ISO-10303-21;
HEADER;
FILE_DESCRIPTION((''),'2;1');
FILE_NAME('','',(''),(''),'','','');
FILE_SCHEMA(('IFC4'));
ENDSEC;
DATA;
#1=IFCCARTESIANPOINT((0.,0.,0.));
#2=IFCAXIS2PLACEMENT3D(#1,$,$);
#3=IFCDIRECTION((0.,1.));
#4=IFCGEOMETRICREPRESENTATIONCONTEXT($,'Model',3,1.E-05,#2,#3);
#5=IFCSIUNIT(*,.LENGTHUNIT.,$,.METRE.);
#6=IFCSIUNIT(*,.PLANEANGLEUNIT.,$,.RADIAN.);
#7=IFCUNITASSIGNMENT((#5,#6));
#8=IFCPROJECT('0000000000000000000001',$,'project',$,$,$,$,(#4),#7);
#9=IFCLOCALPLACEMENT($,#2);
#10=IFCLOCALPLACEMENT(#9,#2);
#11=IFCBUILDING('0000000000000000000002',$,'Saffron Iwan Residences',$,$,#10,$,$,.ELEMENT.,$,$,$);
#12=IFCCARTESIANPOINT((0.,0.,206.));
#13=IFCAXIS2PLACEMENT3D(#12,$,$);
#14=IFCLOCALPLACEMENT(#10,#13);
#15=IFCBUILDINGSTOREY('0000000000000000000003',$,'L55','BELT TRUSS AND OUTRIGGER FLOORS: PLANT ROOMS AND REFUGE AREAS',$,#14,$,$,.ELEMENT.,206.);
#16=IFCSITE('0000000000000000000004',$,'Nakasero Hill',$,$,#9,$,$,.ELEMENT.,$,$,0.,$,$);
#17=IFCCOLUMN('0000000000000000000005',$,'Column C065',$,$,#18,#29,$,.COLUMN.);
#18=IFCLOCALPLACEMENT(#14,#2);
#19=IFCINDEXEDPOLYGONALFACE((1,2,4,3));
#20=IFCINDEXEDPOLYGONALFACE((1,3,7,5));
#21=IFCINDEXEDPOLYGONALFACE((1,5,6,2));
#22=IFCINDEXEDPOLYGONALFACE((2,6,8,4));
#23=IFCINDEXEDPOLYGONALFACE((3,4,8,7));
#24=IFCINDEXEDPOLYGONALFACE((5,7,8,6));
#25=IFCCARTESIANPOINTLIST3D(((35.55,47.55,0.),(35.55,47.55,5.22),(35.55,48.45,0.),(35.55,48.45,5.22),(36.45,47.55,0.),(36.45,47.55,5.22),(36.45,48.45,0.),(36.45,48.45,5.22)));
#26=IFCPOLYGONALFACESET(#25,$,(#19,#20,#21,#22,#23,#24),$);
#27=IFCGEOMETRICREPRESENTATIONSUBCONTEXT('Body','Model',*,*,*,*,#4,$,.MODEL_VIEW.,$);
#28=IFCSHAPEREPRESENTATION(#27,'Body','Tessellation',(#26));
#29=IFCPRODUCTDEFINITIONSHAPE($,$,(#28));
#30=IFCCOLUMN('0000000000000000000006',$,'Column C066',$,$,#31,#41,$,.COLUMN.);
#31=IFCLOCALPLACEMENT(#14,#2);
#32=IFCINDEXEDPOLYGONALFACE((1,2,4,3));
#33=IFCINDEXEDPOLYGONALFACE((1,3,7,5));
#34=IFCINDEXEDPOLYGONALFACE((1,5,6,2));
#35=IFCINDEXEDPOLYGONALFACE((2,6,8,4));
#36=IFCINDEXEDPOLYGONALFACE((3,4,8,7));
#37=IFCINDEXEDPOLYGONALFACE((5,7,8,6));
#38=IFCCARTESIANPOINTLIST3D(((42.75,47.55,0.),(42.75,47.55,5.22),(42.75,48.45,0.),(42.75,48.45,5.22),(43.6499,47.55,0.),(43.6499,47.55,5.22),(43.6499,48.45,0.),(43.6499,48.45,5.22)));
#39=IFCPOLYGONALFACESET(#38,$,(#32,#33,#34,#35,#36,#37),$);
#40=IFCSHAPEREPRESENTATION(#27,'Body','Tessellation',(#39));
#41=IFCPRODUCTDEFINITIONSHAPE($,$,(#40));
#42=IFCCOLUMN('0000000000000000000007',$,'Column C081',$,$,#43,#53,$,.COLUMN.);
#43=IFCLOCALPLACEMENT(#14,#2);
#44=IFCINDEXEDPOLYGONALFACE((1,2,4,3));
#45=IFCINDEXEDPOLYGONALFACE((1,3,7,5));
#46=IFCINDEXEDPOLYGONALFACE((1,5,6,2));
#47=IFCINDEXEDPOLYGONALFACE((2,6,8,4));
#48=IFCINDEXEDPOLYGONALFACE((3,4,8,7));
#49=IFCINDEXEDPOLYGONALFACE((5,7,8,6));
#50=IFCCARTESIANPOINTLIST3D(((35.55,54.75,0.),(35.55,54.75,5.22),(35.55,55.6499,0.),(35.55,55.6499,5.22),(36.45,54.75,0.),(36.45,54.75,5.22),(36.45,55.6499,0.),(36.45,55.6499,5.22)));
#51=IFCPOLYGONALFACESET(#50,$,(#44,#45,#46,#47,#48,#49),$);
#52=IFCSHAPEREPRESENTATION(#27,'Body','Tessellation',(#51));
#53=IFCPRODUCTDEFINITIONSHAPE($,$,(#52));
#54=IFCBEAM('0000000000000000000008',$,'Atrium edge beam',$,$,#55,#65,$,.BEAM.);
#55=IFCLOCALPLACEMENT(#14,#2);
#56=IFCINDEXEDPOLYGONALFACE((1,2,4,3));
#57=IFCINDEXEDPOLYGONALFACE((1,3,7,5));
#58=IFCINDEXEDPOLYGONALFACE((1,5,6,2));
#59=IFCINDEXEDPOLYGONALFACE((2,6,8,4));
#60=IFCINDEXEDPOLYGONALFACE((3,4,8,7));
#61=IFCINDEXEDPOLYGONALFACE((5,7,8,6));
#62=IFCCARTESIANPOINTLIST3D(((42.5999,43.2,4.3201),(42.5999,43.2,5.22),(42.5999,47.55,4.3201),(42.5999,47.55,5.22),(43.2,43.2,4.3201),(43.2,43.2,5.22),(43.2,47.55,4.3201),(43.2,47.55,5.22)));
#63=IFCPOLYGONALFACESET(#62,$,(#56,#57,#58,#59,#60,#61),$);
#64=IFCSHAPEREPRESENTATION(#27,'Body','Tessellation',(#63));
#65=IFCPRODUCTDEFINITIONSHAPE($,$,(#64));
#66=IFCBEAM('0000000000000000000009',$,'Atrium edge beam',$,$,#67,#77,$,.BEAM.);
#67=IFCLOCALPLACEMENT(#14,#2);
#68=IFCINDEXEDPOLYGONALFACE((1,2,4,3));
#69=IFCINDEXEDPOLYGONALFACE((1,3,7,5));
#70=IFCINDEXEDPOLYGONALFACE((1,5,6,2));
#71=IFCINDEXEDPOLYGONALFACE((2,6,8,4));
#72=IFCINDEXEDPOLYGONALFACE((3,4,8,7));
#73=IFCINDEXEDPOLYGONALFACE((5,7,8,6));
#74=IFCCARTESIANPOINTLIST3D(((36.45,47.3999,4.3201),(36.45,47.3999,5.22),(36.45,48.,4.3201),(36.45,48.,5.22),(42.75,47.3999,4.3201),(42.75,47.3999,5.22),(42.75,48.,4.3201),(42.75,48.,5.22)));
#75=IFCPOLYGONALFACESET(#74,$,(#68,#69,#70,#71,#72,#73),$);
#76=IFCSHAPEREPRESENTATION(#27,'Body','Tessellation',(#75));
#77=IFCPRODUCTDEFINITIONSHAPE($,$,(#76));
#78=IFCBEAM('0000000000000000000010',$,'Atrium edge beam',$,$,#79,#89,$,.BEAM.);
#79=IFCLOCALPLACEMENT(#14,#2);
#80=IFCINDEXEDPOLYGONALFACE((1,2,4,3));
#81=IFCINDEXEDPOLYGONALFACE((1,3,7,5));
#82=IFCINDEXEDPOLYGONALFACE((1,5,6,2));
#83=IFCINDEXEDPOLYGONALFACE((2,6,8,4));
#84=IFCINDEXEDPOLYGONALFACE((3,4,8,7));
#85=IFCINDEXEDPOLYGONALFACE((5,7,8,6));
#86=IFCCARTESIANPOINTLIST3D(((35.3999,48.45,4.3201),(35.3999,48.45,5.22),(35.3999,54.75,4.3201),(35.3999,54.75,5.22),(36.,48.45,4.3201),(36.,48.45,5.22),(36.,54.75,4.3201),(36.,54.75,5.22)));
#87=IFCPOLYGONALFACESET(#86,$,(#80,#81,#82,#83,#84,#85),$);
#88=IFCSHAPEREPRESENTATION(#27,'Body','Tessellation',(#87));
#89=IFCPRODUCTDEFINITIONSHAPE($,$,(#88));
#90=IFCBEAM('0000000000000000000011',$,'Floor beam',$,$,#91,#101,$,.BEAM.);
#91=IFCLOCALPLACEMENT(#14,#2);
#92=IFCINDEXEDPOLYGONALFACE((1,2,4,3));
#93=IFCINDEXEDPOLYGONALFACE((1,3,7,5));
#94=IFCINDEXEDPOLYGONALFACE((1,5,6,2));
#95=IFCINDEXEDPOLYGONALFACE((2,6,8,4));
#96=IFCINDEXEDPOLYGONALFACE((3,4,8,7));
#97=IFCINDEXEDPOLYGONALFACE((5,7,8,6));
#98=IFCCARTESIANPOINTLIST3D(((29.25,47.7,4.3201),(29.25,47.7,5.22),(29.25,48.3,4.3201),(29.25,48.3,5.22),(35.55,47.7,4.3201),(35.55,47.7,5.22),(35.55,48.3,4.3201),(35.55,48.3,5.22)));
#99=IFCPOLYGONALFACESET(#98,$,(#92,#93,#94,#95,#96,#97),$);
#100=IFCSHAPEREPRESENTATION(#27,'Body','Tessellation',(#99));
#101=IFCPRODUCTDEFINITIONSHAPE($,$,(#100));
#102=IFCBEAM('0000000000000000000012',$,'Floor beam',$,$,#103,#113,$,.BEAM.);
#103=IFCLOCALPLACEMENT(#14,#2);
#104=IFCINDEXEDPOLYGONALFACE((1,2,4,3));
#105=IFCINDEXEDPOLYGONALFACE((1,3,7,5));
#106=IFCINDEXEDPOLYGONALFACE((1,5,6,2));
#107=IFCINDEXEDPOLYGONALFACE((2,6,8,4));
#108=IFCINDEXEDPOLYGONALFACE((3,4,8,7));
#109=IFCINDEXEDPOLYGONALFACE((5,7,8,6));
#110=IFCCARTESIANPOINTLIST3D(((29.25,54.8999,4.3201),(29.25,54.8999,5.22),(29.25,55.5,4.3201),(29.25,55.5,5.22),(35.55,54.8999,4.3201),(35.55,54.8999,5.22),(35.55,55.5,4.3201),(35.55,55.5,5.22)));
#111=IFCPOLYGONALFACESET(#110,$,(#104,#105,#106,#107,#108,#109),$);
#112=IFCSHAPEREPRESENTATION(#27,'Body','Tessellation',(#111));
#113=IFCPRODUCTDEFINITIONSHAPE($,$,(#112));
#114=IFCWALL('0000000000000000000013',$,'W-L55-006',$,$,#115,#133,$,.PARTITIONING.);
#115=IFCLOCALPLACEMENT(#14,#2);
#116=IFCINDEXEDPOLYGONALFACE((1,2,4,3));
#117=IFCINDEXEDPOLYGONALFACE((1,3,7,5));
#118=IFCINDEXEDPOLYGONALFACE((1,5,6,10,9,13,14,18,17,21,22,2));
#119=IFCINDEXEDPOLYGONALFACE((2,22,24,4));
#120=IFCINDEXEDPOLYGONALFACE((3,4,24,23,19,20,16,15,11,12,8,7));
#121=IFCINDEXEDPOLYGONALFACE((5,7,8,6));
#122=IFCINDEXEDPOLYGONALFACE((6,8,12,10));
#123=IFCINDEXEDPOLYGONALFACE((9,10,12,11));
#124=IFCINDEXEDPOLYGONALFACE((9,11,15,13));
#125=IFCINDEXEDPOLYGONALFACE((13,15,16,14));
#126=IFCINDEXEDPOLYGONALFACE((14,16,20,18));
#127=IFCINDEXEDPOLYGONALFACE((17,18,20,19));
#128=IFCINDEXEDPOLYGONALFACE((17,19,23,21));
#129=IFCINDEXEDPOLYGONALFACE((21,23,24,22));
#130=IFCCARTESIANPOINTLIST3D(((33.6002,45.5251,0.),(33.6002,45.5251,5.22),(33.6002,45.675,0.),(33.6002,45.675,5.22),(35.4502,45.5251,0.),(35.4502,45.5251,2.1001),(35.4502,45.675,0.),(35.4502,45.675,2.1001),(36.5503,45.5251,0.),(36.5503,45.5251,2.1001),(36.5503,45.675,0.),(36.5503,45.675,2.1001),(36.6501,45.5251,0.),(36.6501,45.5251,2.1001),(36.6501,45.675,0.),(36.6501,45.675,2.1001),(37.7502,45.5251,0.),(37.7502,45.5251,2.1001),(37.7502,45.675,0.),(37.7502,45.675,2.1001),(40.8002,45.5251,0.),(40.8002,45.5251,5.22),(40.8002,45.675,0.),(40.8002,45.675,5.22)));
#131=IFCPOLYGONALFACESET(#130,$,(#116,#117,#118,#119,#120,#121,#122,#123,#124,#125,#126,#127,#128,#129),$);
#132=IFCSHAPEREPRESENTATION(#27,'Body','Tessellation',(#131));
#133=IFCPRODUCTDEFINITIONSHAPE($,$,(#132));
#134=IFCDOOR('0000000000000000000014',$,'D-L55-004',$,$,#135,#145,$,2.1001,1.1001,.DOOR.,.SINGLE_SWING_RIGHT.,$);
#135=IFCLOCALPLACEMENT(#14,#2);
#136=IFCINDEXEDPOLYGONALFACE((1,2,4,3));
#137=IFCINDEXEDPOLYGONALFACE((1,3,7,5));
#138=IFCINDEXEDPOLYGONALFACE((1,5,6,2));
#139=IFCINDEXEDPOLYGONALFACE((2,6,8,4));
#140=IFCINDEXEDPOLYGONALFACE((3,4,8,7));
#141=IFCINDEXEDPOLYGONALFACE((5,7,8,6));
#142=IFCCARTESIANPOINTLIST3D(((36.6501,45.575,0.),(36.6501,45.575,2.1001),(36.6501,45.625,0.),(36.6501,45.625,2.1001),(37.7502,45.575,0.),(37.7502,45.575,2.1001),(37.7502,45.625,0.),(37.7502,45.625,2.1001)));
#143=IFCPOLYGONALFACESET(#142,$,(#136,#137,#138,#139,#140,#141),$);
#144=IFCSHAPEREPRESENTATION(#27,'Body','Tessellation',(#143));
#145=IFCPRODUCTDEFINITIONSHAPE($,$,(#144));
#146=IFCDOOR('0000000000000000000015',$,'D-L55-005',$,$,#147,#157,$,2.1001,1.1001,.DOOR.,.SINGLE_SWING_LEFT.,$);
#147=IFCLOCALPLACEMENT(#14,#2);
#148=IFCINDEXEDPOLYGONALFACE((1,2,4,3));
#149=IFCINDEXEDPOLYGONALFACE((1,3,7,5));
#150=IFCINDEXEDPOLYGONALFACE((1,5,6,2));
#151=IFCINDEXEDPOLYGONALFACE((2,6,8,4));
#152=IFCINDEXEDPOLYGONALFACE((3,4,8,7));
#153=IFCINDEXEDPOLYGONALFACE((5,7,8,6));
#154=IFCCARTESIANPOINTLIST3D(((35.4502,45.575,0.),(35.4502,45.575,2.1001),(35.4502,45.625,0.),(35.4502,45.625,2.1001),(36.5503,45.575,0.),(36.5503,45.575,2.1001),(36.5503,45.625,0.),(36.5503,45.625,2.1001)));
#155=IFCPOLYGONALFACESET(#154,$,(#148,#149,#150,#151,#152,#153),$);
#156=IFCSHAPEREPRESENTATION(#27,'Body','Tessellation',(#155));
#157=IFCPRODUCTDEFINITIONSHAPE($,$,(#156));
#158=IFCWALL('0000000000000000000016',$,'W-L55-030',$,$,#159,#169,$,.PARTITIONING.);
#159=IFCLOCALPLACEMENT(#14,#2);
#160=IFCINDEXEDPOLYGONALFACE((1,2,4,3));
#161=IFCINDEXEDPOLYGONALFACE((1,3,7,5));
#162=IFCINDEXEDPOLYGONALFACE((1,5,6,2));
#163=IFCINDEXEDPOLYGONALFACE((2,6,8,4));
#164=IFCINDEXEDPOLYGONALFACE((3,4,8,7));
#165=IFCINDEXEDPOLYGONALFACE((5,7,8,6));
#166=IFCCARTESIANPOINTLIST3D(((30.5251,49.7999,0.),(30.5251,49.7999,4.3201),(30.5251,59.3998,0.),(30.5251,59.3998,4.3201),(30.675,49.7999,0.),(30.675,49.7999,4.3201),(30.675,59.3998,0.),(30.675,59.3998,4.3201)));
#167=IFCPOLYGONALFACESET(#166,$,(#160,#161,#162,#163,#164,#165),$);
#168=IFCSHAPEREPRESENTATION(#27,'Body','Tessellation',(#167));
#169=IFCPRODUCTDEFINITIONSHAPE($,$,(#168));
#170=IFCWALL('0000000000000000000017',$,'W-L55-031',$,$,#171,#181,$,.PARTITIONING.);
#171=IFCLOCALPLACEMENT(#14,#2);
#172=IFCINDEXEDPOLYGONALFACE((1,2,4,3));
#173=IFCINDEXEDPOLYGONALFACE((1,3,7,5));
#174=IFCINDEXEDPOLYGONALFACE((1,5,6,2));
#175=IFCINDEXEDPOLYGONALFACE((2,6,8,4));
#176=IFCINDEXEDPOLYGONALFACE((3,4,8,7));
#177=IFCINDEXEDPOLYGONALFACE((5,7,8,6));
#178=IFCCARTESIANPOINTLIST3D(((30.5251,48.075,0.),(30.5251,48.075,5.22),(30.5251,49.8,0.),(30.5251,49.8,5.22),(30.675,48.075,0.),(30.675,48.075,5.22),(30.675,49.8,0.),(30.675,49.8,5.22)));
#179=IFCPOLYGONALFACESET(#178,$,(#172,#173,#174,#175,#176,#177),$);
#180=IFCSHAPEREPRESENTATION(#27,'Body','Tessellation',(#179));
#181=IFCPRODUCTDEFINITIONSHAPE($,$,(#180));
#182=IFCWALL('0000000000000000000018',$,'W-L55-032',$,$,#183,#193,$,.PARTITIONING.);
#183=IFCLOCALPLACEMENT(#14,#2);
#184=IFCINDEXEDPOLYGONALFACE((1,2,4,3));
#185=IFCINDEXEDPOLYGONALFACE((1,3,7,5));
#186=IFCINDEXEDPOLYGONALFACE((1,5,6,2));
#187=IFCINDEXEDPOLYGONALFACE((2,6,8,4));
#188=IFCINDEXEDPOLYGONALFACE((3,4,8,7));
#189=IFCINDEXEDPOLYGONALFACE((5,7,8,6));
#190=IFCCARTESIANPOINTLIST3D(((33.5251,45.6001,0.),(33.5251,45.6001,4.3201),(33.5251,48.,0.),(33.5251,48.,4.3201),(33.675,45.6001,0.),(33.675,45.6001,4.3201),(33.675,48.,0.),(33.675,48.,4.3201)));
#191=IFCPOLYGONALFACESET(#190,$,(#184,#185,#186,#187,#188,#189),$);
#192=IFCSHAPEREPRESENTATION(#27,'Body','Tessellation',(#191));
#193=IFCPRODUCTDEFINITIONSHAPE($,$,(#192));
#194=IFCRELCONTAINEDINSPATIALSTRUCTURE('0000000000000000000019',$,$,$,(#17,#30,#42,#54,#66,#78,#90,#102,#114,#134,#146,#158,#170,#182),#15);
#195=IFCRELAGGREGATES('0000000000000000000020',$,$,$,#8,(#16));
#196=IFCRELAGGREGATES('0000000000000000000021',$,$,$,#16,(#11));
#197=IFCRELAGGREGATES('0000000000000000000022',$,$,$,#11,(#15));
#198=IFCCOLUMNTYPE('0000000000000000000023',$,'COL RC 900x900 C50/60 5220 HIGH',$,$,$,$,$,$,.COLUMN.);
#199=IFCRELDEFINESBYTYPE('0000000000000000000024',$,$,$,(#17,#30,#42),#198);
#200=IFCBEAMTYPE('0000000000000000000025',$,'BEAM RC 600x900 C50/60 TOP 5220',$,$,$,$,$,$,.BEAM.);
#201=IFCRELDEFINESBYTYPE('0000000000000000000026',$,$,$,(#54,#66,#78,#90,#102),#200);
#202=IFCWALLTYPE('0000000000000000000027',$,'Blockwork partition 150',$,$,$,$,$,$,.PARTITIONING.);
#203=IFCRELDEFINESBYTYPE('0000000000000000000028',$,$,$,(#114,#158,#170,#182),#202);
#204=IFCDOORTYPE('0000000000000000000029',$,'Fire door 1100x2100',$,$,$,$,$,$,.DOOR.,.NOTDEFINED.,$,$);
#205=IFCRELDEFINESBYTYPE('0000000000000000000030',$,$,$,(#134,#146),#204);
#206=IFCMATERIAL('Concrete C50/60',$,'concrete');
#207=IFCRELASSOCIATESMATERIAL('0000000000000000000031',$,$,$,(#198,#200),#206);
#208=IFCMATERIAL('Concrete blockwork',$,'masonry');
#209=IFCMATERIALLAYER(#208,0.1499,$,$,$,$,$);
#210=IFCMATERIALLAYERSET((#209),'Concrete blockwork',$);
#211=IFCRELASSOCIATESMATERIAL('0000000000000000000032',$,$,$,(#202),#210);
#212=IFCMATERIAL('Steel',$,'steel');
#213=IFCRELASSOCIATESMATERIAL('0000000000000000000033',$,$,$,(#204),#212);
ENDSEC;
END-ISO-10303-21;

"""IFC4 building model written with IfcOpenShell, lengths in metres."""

from ifc_helpers import new_model, si_unit, direction, frame, frame_2d, origin, origin_2d, place, context, subcontext, project, spatial, rectangle, extrude, source, transform, mapped, material, layer, layer_set, material_profile, profile_set, type_object, element, fill, save


model = new_model("IFC4")

# Units and contexts
model_context = context("Model", 3, precision=1e-05, world=origin(), true_north=direction((0.0, 1.0)))
body_context = subcontext(model_context, "Body", "Model", "MODEL_VIEW")
ifc_project = project(units=[si_unit("LENGTHUNIT", "METRE"), si_unit("PLANEANGLEUNIT", "RADIAN")], contexts=[model_context])

# Site, building, storey
site_placement = place(None, origin())
site = spatial("IfcSite", under=ifc_project, at=site_placement, Name="Nakasero Hill", CompositionType="ELEMENT", RefElevation=0.0)
building_placement = place(site_placement, origin())
building = spatial("IfcBuilding", under=site, at=building_placement, Name="Saffron Iwan Residences", CompositionType="ELEMENT")
storey_placement = place(building_placement, frame((0.0, 0.0, 206.0)))
storey = spatial("IfcBuildingStorey", under=building, at=storey_placement, Name="L55", Description="BELT TRUSS AND OUTRIGGER FLOORS: PLANT ROOMS AND REFUGE AREAS", CompositionType="ELEMENT", Elevation=206.0)

# Columns
ifc_material_1 = material(Name="Concrete C50/60", Category="concrete")
ifc_material_profile_1 = material_profile(ifc_material_1, rectangle(XDim=0.8999, YDim=0.8999, at=origin_2d()), Name="RC 900x900")
ifc_profile_set_1 = profile_set([ifc_material_profile_1], Name="Concrete C50/60")
column_type = type_object("IfcColumnType", Name="COL RC 900x900 C50/60 5220 HIGH", PredefinedType="COLUMN", material=ifc_profile_set_1)
shared_shape_1 = source(origin(), body_context, "Body", "SweptSolid", [
    extrude(rectangle(XDim=0.8999, YDim=0.8999, at=origin_2d()), origin(), (0.0, 0.0, 1.0), 5.22),
])
for number, where, z_axis, x_axis, name in (
    (1, (36.0, 48.0, 0.0), (0.0, 0.0, 1.0), (1.0, 0.0, 0.0), "Column C065"),
    (2, (43.2, 48.0, 0.0), (0.0, 0.0, 1.0), (1.0, 0.0, 0.0), "Column C066"),
    (3, (36.0, 55.2, 0.0), (0.0, 0.0, 1.0), (1.0, 0.0, 0.0), "Column C081"),
):
    element("IfcColumn", number, at=place(storey_placement, frame(where, z_axis=z_axis, x_axis=x_axis)), inside=storey, type_object=column_type, Name=name, PredefinedType="COLUMN", context=body_context, shape_type="MappedRepresentation", body=[
        mapped(shared_shape_1, transform((0.0, 0.0, 0.0))),
    ])

# Beams
ifc_material_profile_2 = material_profile(ifc_material_1, rectangle(XDim=0.6001, YDim=0.8999, at=origin_2d()), Name="RC 600x900")
ifc_profile_set_2 = profile_set([ifc_material_profile_2], Name="Concrete C50/60")
beam_type = type_object("IfcBeamType", Name="BEAM RC 600x900 C50/60 TOP 5220", PredefinedType="BEAM", material=ifc_profile_set_2)
shared_shape_2 = source(origin(), body_context, "Body", "SweptSolid", [
    extrude(rectangle(XDim=0.6001, YDim=0.8999, at=origin_2d()), origin(), (0.0, 0.0, 1.0), 4.3501),
])
beam_placement = place(storey_placement, frame((42.8999, 43.2, 4.77), z_axis=(0.0, 1.0, 0.0), x_axis=(-1.0, 0.0, 0.0)))
element("IfcBeam", 4, at=beam_placement, inside=storey, type_object=beam_type, Name="Atrium edge beam", PredefinedType="BEAM", context=body_context, shape_type="MappedRepresentation", body=[
    mapped(shared_shape_2, transform((0.0, 0.0, 0.0))),
])
shared_shape_3 = source(origin(), body_context, "Body", "SweptSolid", [
    extrude(rectangle(XDim=0.6001, YDim=0.8999, at=origin_2d()), origin(), (0.0, 0.0, 1.0), 6.3),
])
for number, where, z_axis, x_axis, name in (
    (5, (42.75, 47.7, 4.77), (-1.0, 0.0, 0.0), (0.0, -1.0, 0.0), "Atrium edge beam"),
    (6, (35.7, 48.45, 4.77), (0.0, 1.0, 0.0), (-1.0, 0.0, 0.0), "Atrium edge beam"),
    (7, (29.25, 48.0, 4.77), (1.0, 0.0, 0.0), (0.0, 1.0, 0.0), "Floor beam"),
    (8, (29.25, 55.2, 4.77), (1.0, 0.0, 0.0), (0.0, 1.0, 0.0), "Floor beam"),
):
    element("IfcBeam", number, at=place(storey_placement, frame(where, z_axis=z_axis, x_axis=x_axis)), inside=storey, type_object=beam_type, Name=name, PredefinedType="BEAM", context=body_context, shape_type="MappedRepresentation", body=[
        mapped(shared_shape_3, transform((0.0, 0.0, 0.0))),
    ])

# Wall, openings, doors
ifc_material_2 = material(Name="Concrete blockwork", Category="masonry")
ifc_layer_1 = layer(ifc_material_2, 0.1499)
ifc_layer_set_1 = layer_set([ifc_layer_1], Name="Concrete blockwork")
wall_type_1 = type_object("IfcWallType", Name="Blockwork partition 150", PredefinedType="PARTITIONING", material=ifc_layer_set_1)
wall_1_placement = place(storey_placement, frame((33.6001, 45.6001, 0.0), z_axis=(0.0, 0.0, 1.0), x_axis=(1.0, 0.0, 0.0)))
wall_1 = element("IfcWall", 9, at=wall_1_placement, inside=storey, type_object=wall_type_1, Name="W-L55-006", PredefinedType="PARTITIONING", context=body_context, shape_type="SweptSolid", body=[
    extrude(rectangle(XDim=7.2, YDim=0.1499, at=frame_2d((3.6001, 0.0))), origin(), (0.0, 0.0, 1.0), 5.22),
])
opening_1_placement = place(wall_1_placement, frame((3.05, 0.0, 0.0)))
opening_1 = element("IfcOpeningElement", 10, at=opening_1_placement, cuts=wall_1, PredefinedType="OPENING", context=body_context, shape_type="SweptSolid", body=[
    extrude(rectangle(XDim=1.1001, YDim=2.1001, at=frame_2d((0.55, 1.05))), frame((0.0, 0.085, 0.0), z_axis=(0.0, -1.0, 0.0), x_axis=(1.0, 0.0, 0.0)), (0.0, 0.0, 1.0), 0.1699),
])
opening_2_placement = place(wall_1_placement, frame((1.8501, 0.0, 0.0)))
opening_2 = element("IfcOpeningElement", 11, at=opening_2_placement, cuts=wall_1, PredefinedType="OPENING", context=body_context, shape_type="SweptSolid", body=[
    extrude(rectangle(XDim=1.1001, YDim=2.1001, at=frame_2d((0.55, 1.05))), frame((0.0, 0.085, 0.0), z_axis=(0.0, -1.0, 0.0), x_axis=(1.0, 0.0, 0.0)), (0.0, 0.0, 1.0), 0.1699),
])
ifc_material_3 = material(Name="Steel", Category="steel")
door_type = type_object("IfcDoorType", Name="Fire door 1100x2100", OperationType="NOTDEFINED", PredefinedType="DOOR", material=ifc_material_3)
door_1_placement = place(opening_1_placement, origin())
door_1 = element("IfcDoor", 12, at=door_1_placement, inside=storey, type_object=door_type, Name="D-L55-004", OperationType="SINGLE_SWING_RIGHT", OverallHeight=2.1001, OverallWidth=1.1001, PredefinedType="DOOR", context=body_context, shape_type="SweptSolid", body=[
    extrude(rectangle(XDim=1.1001, YDim=2.1001, at=frame_2d((0.55, 1.05))), frame((0.0, 0.0249, 0.0), z_axis=(0.0, -1.0, 0.0), x_axis=(1.0, 0.0, 0.0)), (0.0, 0.0, 1.0), 0.05),
])
fill(opening_1, door_1)
door_2_placement = place(opening_2_placement, origin())
door_2 = element("IfcDoor", 13, at=door_2_placement, inside=storey, type_object=door_type, Name="D-L55-005", OperationType="SINGLE_SWING_LEFT", OverallHeight=2.1001, OverallWidth=1.1001, PredefinedType="DOOR", context=body_context, shape_type="SweptSolid", body=[
    extrude(rectangle(XDim=1.1001, YDim=2.1001, at=frame_2d((0.55, 1.05))), frame((0.0, 0.0249, 0.0), z_axis=(0.0, -1.0, 0.0), x_axis=(1.0, 0.0, 0.0)), (0.0, 0.0, 1.0), 0.05),
])
fill(opening_2, door_2)

# Walls
wall_2_placement = place(storey_placement, frame((30.6001, 49.8, 0.0), z_axis=(0.0, 0.0, 1.0), x_axis=(0.0, 1.0, 0.0)))
element("IfcWall", 14, at=wall_2_placement, inside=storey, type_object=wall_type_1, Name="W-L55-030", PredefinedType="PARTITIONING", context=body_context, shape_type="SweptSolid", body=[
    extrude(rectangle(XDim=9.5999, YDim=0.1499, at=frame_2d((4.7998, 0.0))), origin(), (0.0, 0.0, 1.0), 4.3201),
])
wall_3_placement = place(storey_placement, frame((30.6001, 48.075, 0.0), z_axis=(0.0, 0.0, 1.0), x_axis=(0.0, 1.0, 0.0)))
element("IfcWall", 15, at=wall_3_placement, inside=storey, type_object=wall_type_1, Name="W-L55-031", PredefinedType="PARTITIONING", context=body_context, shape_type="SweptSolid", body=[
    extrude(rectangle(XDim=1.7251, YDim=0.1499, at=frame_2d((0.8625, 0.0))), origin(), (0.0, 0.0, 1.0), 5.22),
])
wall_4_placement = place(storey_placement, frame((33.6001, 45.6001, 0.0), z_axis=(0.0, 0.0, 1.0), x_axis=(0.0, 1.0, 0.0)))
element("IfcWall", 16, at=wall_4_placement, inside=storey, type_object=wall_type_1, Name="W-L55-032", PredefinedType="PARTITIONING", context=body_context, shape_type="SweptSolid", body=[
    extrude(rectangle(XDim=2.3999, YDim=0.1499, at=frame_2d((1.2, 0.0))), origin(), (0.0, 0.0, 1.0), 4.3201),
])

save(model, "model.ifc")
